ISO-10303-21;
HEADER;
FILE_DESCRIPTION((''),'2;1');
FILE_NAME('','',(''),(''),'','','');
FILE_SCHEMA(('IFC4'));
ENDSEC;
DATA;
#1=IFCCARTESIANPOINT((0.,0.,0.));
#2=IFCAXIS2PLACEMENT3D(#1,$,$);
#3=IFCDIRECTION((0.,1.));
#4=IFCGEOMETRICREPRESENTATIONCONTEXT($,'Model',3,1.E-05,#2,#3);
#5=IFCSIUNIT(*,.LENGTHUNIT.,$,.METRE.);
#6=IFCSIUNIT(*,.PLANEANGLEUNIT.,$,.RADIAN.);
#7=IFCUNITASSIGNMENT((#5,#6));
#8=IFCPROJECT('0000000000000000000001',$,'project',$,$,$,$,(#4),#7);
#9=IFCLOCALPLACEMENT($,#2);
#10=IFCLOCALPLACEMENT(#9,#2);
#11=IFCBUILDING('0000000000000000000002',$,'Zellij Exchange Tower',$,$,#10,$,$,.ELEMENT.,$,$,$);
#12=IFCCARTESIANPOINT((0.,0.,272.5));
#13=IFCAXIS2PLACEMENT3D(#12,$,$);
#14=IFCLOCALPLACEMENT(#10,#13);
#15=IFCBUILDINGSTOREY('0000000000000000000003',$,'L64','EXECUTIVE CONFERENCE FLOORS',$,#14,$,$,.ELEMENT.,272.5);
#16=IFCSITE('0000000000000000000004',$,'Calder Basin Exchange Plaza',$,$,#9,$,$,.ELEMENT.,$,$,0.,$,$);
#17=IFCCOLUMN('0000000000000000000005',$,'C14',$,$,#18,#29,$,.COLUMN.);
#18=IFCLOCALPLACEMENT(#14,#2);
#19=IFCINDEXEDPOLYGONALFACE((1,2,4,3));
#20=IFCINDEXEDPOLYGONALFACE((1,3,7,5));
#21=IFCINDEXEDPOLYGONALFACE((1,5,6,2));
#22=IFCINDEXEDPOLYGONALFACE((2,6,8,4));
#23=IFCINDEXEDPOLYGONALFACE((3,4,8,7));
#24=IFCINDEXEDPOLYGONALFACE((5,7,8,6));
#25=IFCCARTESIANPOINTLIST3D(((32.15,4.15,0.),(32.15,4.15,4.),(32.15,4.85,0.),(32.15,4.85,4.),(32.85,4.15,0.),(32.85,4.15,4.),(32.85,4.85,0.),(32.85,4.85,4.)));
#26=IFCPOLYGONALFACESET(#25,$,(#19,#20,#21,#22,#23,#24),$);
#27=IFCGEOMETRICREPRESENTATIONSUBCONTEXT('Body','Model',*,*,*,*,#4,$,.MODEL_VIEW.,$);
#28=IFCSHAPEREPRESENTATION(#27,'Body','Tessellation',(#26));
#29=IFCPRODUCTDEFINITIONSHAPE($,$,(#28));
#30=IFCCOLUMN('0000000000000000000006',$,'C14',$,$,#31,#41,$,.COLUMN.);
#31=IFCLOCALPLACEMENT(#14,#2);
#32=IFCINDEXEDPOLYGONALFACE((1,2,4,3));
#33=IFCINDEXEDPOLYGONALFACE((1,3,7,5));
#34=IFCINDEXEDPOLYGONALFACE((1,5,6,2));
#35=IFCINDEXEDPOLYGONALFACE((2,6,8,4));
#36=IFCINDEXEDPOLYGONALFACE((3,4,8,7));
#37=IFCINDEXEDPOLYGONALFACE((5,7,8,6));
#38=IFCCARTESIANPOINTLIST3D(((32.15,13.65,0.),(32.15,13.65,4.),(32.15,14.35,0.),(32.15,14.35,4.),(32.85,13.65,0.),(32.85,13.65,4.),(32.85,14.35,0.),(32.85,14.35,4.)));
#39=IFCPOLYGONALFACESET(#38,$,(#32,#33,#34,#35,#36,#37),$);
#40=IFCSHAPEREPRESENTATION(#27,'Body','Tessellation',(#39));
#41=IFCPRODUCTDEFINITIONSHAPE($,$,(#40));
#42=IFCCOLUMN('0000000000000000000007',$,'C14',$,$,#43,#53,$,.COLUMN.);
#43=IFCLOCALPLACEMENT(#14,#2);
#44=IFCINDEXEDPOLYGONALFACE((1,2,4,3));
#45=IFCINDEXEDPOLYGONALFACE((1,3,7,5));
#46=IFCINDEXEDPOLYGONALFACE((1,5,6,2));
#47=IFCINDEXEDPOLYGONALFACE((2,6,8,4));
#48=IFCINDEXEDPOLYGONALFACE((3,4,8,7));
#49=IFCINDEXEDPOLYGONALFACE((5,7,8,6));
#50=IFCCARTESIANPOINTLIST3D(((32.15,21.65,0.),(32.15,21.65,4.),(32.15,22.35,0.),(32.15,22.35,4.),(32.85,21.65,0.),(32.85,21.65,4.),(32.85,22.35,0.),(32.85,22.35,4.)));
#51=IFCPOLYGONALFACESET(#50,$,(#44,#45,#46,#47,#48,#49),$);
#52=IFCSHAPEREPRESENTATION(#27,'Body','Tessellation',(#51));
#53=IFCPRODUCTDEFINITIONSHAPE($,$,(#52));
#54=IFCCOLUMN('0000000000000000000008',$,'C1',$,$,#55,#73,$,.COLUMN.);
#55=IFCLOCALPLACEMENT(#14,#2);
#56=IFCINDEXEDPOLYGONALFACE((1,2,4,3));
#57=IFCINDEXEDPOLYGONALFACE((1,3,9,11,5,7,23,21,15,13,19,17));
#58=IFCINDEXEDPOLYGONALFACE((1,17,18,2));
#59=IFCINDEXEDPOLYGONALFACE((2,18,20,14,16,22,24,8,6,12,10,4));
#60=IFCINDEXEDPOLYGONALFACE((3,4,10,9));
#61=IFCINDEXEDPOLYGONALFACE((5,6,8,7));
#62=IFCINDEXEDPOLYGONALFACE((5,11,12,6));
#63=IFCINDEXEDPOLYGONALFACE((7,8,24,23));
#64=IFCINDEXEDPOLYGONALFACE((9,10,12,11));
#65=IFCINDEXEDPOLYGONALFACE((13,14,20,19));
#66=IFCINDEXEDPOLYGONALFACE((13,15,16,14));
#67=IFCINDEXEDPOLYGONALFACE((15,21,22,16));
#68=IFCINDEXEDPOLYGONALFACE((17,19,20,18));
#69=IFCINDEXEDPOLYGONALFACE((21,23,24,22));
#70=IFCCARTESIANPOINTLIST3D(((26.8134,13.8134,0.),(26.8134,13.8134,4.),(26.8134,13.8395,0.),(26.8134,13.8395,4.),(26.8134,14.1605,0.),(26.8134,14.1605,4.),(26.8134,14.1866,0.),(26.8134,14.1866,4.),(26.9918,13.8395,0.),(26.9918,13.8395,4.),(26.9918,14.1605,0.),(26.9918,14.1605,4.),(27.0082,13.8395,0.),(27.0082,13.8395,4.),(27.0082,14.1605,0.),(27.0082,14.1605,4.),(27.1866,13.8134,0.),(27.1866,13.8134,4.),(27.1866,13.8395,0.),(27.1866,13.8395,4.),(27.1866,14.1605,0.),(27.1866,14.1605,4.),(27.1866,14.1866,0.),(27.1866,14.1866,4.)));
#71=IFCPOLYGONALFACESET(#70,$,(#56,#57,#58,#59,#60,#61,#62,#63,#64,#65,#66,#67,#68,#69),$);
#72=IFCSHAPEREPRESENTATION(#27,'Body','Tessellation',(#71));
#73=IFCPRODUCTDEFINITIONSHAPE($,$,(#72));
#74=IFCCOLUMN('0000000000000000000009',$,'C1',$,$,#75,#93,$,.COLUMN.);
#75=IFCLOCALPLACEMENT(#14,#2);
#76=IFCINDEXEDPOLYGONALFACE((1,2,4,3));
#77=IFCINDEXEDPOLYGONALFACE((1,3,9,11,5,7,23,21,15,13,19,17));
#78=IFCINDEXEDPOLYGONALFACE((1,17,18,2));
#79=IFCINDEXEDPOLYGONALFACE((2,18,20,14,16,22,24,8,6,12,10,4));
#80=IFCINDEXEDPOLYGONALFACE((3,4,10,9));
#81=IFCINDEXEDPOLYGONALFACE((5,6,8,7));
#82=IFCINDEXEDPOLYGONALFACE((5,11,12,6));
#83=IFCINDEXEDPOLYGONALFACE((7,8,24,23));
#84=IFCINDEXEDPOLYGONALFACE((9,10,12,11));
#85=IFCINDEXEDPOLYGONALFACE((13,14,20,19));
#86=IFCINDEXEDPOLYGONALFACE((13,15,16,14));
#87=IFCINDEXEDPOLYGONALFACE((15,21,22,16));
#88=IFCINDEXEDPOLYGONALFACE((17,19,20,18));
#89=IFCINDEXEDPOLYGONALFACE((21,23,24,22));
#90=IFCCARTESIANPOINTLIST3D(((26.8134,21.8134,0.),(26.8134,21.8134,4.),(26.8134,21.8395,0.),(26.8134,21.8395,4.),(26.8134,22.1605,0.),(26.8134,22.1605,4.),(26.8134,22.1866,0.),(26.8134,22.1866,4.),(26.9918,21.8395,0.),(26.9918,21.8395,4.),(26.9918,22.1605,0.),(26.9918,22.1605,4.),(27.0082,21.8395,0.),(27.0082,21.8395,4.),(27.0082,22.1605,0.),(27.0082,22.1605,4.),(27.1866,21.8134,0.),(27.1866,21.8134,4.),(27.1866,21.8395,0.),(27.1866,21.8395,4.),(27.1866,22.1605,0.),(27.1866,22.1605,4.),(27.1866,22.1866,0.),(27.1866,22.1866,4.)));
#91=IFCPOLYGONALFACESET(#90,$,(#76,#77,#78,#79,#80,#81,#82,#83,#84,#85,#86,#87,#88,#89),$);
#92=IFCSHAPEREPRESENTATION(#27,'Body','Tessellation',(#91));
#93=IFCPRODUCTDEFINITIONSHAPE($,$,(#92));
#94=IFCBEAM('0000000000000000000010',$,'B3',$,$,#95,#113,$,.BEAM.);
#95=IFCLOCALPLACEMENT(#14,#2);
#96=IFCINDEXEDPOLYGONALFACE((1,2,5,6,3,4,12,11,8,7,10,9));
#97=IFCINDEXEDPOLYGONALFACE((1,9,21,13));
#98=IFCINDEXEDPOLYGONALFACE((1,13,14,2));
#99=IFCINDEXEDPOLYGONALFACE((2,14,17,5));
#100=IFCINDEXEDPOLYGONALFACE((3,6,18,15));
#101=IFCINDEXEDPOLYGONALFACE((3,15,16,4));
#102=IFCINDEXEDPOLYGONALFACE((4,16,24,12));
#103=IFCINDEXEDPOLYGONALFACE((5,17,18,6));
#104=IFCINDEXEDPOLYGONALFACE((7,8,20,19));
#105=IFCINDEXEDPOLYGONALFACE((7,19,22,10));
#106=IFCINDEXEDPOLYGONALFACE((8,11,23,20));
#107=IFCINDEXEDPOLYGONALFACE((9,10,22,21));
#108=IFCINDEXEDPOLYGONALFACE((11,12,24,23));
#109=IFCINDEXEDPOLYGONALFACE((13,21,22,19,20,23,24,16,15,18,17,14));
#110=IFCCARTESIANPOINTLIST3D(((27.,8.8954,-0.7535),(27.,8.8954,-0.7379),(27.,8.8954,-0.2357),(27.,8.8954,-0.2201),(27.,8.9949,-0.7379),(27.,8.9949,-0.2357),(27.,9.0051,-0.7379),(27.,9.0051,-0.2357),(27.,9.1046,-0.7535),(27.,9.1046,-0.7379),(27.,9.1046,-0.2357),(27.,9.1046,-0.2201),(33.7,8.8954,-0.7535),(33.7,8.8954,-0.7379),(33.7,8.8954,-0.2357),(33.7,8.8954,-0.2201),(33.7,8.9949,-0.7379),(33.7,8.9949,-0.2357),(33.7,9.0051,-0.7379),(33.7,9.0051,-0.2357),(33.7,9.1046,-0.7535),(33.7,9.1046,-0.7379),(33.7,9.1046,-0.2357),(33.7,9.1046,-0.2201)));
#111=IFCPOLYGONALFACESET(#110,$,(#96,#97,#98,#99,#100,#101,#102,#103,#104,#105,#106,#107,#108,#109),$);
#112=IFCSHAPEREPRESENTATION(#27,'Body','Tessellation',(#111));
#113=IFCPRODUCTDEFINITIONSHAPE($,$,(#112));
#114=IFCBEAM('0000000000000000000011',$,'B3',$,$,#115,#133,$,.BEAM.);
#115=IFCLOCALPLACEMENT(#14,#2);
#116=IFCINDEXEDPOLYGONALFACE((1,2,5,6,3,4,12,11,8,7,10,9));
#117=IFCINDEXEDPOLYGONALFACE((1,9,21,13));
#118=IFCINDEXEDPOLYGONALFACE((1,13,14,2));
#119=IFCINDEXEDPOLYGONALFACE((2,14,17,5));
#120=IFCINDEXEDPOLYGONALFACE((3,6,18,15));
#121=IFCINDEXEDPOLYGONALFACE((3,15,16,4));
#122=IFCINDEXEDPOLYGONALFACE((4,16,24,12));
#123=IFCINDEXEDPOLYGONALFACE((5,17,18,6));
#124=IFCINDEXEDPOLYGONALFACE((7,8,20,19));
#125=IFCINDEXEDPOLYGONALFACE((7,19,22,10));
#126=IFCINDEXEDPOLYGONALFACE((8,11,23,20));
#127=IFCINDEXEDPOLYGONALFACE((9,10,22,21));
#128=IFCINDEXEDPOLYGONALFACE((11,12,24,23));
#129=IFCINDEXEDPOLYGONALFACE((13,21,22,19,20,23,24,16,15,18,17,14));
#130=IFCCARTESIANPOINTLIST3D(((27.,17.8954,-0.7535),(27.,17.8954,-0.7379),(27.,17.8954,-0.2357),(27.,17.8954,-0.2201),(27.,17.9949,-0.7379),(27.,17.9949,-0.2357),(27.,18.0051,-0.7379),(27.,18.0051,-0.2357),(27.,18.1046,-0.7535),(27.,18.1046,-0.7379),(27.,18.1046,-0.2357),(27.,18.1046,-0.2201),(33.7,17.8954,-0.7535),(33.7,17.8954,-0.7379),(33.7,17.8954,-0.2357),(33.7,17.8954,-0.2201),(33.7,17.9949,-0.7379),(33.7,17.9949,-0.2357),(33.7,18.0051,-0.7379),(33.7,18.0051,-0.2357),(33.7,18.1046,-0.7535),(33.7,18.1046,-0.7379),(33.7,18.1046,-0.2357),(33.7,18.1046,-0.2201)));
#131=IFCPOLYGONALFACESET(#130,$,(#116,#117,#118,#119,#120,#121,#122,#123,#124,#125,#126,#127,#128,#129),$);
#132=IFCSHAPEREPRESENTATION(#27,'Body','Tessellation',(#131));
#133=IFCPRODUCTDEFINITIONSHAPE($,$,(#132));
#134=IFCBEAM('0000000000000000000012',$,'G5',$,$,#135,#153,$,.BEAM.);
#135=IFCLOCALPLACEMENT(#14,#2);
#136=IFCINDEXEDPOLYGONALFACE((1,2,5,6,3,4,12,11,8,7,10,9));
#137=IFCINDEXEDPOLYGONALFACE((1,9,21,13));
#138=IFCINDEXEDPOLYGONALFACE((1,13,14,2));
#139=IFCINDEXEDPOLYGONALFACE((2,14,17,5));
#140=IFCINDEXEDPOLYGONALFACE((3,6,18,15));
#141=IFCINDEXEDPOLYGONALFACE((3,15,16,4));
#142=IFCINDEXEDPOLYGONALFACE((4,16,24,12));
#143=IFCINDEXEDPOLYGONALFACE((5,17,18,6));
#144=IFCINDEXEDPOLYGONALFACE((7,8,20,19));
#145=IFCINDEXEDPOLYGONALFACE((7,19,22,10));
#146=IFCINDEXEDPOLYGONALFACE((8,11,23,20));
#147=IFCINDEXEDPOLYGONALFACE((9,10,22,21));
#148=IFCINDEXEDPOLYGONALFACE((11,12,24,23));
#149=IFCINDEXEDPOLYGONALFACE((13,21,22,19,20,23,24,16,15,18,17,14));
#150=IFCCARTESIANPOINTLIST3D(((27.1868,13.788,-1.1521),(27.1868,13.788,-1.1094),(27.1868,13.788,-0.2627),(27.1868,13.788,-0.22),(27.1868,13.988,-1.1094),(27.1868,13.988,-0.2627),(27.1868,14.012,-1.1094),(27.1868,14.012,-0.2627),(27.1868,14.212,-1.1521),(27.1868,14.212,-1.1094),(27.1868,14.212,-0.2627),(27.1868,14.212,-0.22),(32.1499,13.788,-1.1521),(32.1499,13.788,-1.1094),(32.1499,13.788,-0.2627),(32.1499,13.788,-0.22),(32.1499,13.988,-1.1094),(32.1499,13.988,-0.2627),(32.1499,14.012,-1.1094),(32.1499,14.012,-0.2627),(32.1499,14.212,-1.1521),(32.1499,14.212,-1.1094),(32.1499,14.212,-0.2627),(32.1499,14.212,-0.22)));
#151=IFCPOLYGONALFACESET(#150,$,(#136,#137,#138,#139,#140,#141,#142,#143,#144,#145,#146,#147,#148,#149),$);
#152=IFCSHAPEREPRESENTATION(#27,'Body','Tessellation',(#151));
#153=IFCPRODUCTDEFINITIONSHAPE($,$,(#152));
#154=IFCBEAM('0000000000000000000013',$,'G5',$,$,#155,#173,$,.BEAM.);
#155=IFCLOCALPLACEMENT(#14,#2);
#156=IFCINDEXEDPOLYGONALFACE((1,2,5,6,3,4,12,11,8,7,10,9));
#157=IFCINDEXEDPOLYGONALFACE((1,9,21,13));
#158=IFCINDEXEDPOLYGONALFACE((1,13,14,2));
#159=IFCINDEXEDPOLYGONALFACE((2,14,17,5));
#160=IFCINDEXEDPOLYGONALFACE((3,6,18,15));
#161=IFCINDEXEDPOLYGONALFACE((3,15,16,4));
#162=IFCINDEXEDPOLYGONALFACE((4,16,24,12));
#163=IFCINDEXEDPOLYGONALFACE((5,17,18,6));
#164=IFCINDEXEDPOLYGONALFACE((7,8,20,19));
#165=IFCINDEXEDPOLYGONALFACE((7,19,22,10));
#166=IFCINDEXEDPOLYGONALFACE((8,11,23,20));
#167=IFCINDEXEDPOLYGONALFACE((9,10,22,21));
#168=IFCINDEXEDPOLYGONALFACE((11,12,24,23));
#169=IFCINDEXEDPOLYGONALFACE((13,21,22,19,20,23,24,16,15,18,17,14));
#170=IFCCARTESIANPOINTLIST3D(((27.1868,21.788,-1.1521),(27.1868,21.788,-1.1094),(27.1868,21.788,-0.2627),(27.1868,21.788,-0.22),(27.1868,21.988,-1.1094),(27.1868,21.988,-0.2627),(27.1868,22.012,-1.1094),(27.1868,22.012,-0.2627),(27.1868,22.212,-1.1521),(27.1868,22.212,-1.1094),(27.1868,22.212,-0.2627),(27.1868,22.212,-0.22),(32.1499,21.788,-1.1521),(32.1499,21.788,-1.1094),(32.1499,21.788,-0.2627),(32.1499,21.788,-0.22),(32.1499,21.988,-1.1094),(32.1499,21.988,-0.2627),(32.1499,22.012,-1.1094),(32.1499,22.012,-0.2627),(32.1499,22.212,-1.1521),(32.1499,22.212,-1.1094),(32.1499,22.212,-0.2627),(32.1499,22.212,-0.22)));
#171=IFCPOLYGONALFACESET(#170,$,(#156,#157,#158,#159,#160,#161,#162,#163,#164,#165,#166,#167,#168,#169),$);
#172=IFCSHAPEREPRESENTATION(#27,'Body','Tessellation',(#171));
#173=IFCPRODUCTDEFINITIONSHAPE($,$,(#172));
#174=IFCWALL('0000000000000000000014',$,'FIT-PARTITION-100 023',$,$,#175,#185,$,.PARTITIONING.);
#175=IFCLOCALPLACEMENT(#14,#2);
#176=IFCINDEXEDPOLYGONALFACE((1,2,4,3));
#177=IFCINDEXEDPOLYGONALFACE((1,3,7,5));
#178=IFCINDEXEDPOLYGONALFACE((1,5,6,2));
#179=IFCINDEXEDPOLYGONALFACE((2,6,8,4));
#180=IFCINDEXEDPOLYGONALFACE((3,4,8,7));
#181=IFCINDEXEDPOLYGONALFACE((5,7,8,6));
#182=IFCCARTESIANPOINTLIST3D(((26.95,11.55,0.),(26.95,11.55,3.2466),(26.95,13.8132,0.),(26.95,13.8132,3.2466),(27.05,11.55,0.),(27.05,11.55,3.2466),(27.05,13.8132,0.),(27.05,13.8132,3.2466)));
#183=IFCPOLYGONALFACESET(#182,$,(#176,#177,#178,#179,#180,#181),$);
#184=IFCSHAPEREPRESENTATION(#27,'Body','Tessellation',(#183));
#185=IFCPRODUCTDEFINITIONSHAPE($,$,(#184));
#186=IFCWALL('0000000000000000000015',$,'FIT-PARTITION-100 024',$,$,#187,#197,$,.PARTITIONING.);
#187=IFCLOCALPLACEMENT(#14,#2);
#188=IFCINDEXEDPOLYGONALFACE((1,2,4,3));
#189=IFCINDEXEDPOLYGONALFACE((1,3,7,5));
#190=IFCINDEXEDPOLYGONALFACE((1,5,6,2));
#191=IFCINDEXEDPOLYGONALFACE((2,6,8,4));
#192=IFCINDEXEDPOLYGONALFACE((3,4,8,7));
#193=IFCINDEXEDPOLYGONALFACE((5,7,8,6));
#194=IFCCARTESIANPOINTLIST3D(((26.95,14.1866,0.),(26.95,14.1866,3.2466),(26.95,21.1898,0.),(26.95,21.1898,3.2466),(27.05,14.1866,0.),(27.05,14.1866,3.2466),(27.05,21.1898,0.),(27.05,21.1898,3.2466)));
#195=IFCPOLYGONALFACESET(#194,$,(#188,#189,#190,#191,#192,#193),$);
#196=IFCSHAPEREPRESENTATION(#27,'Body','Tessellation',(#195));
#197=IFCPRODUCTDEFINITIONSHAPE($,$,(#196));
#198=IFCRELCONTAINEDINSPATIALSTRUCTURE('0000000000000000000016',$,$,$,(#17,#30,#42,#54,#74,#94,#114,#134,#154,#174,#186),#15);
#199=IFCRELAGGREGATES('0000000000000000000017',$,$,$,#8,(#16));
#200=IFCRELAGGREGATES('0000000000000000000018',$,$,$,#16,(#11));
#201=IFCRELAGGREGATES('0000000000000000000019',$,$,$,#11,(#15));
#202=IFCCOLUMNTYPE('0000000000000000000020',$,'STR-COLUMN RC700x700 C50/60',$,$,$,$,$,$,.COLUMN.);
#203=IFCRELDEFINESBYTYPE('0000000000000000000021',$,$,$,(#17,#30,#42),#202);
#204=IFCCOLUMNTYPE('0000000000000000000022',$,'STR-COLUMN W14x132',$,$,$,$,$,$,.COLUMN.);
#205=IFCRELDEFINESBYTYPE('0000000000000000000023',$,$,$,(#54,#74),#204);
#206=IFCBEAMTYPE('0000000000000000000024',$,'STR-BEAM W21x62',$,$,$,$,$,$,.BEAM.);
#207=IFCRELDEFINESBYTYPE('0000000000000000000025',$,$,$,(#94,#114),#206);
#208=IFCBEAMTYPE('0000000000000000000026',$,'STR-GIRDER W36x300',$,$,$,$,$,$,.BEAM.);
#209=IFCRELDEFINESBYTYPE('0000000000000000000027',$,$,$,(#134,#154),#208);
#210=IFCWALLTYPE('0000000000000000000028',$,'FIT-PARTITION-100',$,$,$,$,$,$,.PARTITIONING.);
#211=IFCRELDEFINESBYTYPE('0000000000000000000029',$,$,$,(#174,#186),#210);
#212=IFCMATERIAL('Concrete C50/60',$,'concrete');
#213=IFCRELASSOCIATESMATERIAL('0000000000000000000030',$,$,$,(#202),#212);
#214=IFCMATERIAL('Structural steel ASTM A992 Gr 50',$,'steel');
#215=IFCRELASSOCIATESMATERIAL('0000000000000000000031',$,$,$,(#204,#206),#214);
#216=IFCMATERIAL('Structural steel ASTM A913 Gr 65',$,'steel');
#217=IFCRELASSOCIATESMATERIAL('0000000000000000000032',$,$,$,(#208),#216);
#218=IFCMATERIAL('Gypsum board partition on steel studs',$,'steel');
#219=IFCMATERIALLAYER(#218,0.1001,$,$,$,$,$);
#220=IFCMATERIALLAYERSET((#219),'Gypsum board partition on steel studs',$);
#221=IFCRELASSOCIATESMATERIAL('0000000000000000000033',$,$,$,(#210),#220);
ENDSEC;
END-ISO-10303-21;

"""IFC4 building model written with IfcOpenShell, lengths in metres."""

from ifc_helpers import new_model, si_unit, direction, frame, frame_2d, origin, origin_2d, place, context, subcontext, project, spatial, rectangle, i_section, extrude, material, layer, layer_set, material_profile, profile_set, type_object, element, save


model = new_model("IFC4")

# Units and contexts
model_context = context("Model", 3, precision=1e-05, world=origin(), true_north=direction((0.0, 1.0)))
body_context = subcontext(model_context, "Body", "Model", "MODEL_VIEW")
ifc_project = project(units=[si_unit("LENGTHUNIT", "METRE"), si_unit("PLANEANGLEUNIT", "RADIAN")], contexts=[model_context])

# Site, building, storey
site_placement = place(None, origin())
site = spatial("IfcSite", under=ifc_project, at=site_placement, Name="Calder Basin Exchange Plaza", CompositionType="ELEMENT", RefElevation=0.0)
building_placement = place(site_placement, origin())
building = spatial("IfcBuilding", under=site, at=building_placement, Name="Zellij Exchange Tower", CompositionType="ELEMENT")
storey_placement = place(building_placement, frame((0.0, 0.0, 272.5)))
storey = spatial("IfcBuildingStorey", under=building, at=storey_placement, Name="L64", Description="EXECUTIVE CONFERENCE FLOORS", CompositionType="ELEMENT", Elevation=272.5)

# Columns
ifc_material_1 = material(Name="Concrete C50/60", Category="concrete")
ifc_material_profile_1 = material_profile(ifc_material_1, rectangle(XDim=0.7, YDim=0.7, at=origin_2d()), Name="STR-COLUMN RC700x700 C50/60")
ifc_profile_set_1 = profile_set([ifc_material_profile_1], Name="Concrete C50/60")
column_type_1 = type_object("IfcColumnType", Name="STR-COLUMN RC700x700 C50/60", PredefinedType="COLUMN", material=ifc_profile_set_1)
for number, where, z_axis, x_axis, name in (
    (1, (32.5, 4.5, 0.0), (0.0, 0.0, 1.0), (1.0, 0.0, 0.0), "C14"),
    (2, (32.5, 14.0, 0.0), (0.0, 0.0, 1.0), (1.0, 0.0, 0.0), "C14"),
    (3, (32.5, 22.0, 0.0), (0.0, 0.0, 1.0), (1.0, 0.0, 0.0), "C14"),
):
    element("IfcColumn", number, at=place(storey_placement, frame(where, z_axis=z_axis, x_axis=x_axis)), inside=storey, type_object=column_type_1, Name=name, PredefinedType="COLUMN", context=body_context, shape_type="SweptSolid", body=[
        extrude(rectangle(XDim=0.7, YDim=0.7, at=origin_2d()), origin(), (0.0, 0.0, 1.0), 4.0),
    ])
ifc_material_2 = material(Name="Structural steel ASTM A992 Gr 50", Category="steel")
ifc_material_profile_2 = material_profile(ifc_material_2, i_section(OverallWidth=0.3733, OverallDepth=0.3733, WebThickness=0.0164, FlangeThickness=0.0261, at=origin_2d()), Name="W14x132")
ifc_profile_set_2 = profile_set([ifc_material_profile_2], Name="Structural steel ASTM A992 Gr 50")
column_type_2 = type_object("IfcColumnType", Name="STR-COLUMN W14x132", PredefinedType="COLUMN", material=ifc_profile_set_2)
for number, where, z_axis, x_axis, name in (
    (4, (27.0, 14.0, 0.0), (0.0, 0.0, 1.0), (1.0, 0.0, 0.0), "C1"),
    (5, (27.0, 22.0, 0.0), (0.0, 0.0, 1.0), (1.0, 0.0, 0.0), "C1"),
):
    element("IfcColumn", number, at=place(storey_placement, frame(where, z_axis=z_axis, x_axis=x_axis)), inside=storey, type_object=column_type_2, Name=name, PredefinedType="COLUMN", context=body_context, shape_type="SweptSolid", body=[
        extrude(i_section(OverallWidth=0.3733, OverallDepth=0.3733, WebThickness=0.0164, FlangeThickness=0.0261, at=origin_2d()), origin(), (0.0, 0.0, 1.0), 4.0),
    ])

# Beams
ifc_material_profile_3 = material_profile(ifc_material_2, i_section(OverallWidth=0.2092, OverallDepth=0.5334, WebThickness=0.0103, FlangeThickness=0.0156, at=origin_2d()), Name="W21x62")
ifc_profile_set_3 = profile_set([ifc_material_profile_3], Name="Structural steel ASTM A992 Gr 50")
beam_type_1 = type_object("IfcBeamType", Name="STR-BEAM W21x62", PredefinedType="BEAM", material=ifc_profile_set_3)
for number, where, z_axis, x_axis, name in (
    (6, (27.0, 9.0, -0.4868), (1.0, 0.0, 0.0), (0.0, 1.0, 0.0), "B3"),
    (7, (27.0, 18.0, -0.4868), (1.0, 0.0, 0.0), (0.0, 1.0, 0.0), "B3"),
):
    element("IfcBeam", number, at=place(storey_placement, frame(where, z_axis=z_axis, x_axis=x_axis)), inside=storey, type_object=beam_type_1, Name=name, PredefinedType="BEAM", context=body_context, shape_type="SweptSolid", body=[
        extrude(i_section(OverallWidth=0.2092, OverallDepth=0.5334, WebThickness=0.0103, FlangeThickness=0.0156, at=origin_2d()), origin(), (0.0, 0.0, 1.0), 6.7),
    ])
ifc_material_3 = material(Name="Structural steel ASTM A913 Gr 65", Category="steel")
ifc_material_profile_4 = material_profile(ifc_material_3, i_section(OverallWidth=0.4241, OverallDepth=0.9321, WebThickness=0.0239, FlangeThickness=0.0427, at=origin_2d()), Name="W36x300")
ifc_profile_set_4 = profile_set([ifc_material_profile_4], Name="Structural steel ASTM A913 Gr 65")
beam_type_2 = type_object("IfcBeamType", Name="STR-GIRDER W36x300", PredefinedType="BEAM", material=ifc_profile_set_4)
for number, where, z_axis, x_axis, name in (
    (8, (27.1868, 14.0, -0.686), (1.0, 0.0, 0.0), (0.0, 1.0, 0.0), "G5"),
    (9, (27.1868, 22.0, -0.686), (1.0, 0.0, 0.0), (0.0, 1.0, 0.0), "G5"),
):
    element("IfcBeam", number, at=place(storey_placement, frame(where, z_axis=z_axis, x_axis=x_axis)), inside=storey, type_object=beam_type_2, Name=name, PredefinedType="BEAM", context=body_context, shape_type="SweptSolid", body=[
        extrude(i_section(OverallWidth=0.4241, OverallDepth=0.9321, WebThickness=0.0239, FlangeThickness=0.0427, at=origin_2d()), origin(), (0.0, 0.0, 1.0), 4.9631),
    ])

# Walls
ifc_material_4 = material(Name="Gypsum board partition on steel studs", Category="steel")
ifc_layer_1 = layer(ifc_material_4, 0.1001)
ifc_layer_set_1 = layer_set([ifc_layer_1], Name="Gypsum board partition on steel studs")
wall_type = type_object("IfcWallType", Name="FIT-PARTITION-100", PredefinedType="PARTITIONING", material=ifc_layer_set_1)
wall_1_placement = place(storey_placement, frame((27.0, 11.55, 0.0), z_axis=(0.0, 0.0, 1.0), x_axis=(0.0, 1.0, 0.0)))
element("IfcWall", 10, at=wall_1_placement, inside=storey, type_object=wall_type, Name="FIT-PARTITION-100 023", PredefinedType="PARTITIONING", context=body_context, shape_type="SweptSolid", body=[
    extrude(rectangle(XDim=2.2632, YDim=0.1001, at=frame_2d((1.1316, 0.0))), origin(), (0.0, 0.0, 1.0), 3.2466),
])
wall_2_placement = place(storey_placement, frame((27.0, 14.1868, 0.0), z_axis=(0.0, 0.0, 1.0), x_axis=(0.0, 1.0, 0.0)))
element("IfcWall", 11, at=wall_2_placement, inside=storey, type_object=wall_type, Name="FIT-PARTITION-100 024", PredefinedType="PARTITIONING", context=body_context, shape_type="SweptSolid", body=[
    extrude(rectangle(XDim=7.0032, YDim=0.1001, at=frame_2d((3.5015, 0.0))), origin(), (0.0, 0.0, 1.0), 3.2466),
])

save(model, "model.ifc")
